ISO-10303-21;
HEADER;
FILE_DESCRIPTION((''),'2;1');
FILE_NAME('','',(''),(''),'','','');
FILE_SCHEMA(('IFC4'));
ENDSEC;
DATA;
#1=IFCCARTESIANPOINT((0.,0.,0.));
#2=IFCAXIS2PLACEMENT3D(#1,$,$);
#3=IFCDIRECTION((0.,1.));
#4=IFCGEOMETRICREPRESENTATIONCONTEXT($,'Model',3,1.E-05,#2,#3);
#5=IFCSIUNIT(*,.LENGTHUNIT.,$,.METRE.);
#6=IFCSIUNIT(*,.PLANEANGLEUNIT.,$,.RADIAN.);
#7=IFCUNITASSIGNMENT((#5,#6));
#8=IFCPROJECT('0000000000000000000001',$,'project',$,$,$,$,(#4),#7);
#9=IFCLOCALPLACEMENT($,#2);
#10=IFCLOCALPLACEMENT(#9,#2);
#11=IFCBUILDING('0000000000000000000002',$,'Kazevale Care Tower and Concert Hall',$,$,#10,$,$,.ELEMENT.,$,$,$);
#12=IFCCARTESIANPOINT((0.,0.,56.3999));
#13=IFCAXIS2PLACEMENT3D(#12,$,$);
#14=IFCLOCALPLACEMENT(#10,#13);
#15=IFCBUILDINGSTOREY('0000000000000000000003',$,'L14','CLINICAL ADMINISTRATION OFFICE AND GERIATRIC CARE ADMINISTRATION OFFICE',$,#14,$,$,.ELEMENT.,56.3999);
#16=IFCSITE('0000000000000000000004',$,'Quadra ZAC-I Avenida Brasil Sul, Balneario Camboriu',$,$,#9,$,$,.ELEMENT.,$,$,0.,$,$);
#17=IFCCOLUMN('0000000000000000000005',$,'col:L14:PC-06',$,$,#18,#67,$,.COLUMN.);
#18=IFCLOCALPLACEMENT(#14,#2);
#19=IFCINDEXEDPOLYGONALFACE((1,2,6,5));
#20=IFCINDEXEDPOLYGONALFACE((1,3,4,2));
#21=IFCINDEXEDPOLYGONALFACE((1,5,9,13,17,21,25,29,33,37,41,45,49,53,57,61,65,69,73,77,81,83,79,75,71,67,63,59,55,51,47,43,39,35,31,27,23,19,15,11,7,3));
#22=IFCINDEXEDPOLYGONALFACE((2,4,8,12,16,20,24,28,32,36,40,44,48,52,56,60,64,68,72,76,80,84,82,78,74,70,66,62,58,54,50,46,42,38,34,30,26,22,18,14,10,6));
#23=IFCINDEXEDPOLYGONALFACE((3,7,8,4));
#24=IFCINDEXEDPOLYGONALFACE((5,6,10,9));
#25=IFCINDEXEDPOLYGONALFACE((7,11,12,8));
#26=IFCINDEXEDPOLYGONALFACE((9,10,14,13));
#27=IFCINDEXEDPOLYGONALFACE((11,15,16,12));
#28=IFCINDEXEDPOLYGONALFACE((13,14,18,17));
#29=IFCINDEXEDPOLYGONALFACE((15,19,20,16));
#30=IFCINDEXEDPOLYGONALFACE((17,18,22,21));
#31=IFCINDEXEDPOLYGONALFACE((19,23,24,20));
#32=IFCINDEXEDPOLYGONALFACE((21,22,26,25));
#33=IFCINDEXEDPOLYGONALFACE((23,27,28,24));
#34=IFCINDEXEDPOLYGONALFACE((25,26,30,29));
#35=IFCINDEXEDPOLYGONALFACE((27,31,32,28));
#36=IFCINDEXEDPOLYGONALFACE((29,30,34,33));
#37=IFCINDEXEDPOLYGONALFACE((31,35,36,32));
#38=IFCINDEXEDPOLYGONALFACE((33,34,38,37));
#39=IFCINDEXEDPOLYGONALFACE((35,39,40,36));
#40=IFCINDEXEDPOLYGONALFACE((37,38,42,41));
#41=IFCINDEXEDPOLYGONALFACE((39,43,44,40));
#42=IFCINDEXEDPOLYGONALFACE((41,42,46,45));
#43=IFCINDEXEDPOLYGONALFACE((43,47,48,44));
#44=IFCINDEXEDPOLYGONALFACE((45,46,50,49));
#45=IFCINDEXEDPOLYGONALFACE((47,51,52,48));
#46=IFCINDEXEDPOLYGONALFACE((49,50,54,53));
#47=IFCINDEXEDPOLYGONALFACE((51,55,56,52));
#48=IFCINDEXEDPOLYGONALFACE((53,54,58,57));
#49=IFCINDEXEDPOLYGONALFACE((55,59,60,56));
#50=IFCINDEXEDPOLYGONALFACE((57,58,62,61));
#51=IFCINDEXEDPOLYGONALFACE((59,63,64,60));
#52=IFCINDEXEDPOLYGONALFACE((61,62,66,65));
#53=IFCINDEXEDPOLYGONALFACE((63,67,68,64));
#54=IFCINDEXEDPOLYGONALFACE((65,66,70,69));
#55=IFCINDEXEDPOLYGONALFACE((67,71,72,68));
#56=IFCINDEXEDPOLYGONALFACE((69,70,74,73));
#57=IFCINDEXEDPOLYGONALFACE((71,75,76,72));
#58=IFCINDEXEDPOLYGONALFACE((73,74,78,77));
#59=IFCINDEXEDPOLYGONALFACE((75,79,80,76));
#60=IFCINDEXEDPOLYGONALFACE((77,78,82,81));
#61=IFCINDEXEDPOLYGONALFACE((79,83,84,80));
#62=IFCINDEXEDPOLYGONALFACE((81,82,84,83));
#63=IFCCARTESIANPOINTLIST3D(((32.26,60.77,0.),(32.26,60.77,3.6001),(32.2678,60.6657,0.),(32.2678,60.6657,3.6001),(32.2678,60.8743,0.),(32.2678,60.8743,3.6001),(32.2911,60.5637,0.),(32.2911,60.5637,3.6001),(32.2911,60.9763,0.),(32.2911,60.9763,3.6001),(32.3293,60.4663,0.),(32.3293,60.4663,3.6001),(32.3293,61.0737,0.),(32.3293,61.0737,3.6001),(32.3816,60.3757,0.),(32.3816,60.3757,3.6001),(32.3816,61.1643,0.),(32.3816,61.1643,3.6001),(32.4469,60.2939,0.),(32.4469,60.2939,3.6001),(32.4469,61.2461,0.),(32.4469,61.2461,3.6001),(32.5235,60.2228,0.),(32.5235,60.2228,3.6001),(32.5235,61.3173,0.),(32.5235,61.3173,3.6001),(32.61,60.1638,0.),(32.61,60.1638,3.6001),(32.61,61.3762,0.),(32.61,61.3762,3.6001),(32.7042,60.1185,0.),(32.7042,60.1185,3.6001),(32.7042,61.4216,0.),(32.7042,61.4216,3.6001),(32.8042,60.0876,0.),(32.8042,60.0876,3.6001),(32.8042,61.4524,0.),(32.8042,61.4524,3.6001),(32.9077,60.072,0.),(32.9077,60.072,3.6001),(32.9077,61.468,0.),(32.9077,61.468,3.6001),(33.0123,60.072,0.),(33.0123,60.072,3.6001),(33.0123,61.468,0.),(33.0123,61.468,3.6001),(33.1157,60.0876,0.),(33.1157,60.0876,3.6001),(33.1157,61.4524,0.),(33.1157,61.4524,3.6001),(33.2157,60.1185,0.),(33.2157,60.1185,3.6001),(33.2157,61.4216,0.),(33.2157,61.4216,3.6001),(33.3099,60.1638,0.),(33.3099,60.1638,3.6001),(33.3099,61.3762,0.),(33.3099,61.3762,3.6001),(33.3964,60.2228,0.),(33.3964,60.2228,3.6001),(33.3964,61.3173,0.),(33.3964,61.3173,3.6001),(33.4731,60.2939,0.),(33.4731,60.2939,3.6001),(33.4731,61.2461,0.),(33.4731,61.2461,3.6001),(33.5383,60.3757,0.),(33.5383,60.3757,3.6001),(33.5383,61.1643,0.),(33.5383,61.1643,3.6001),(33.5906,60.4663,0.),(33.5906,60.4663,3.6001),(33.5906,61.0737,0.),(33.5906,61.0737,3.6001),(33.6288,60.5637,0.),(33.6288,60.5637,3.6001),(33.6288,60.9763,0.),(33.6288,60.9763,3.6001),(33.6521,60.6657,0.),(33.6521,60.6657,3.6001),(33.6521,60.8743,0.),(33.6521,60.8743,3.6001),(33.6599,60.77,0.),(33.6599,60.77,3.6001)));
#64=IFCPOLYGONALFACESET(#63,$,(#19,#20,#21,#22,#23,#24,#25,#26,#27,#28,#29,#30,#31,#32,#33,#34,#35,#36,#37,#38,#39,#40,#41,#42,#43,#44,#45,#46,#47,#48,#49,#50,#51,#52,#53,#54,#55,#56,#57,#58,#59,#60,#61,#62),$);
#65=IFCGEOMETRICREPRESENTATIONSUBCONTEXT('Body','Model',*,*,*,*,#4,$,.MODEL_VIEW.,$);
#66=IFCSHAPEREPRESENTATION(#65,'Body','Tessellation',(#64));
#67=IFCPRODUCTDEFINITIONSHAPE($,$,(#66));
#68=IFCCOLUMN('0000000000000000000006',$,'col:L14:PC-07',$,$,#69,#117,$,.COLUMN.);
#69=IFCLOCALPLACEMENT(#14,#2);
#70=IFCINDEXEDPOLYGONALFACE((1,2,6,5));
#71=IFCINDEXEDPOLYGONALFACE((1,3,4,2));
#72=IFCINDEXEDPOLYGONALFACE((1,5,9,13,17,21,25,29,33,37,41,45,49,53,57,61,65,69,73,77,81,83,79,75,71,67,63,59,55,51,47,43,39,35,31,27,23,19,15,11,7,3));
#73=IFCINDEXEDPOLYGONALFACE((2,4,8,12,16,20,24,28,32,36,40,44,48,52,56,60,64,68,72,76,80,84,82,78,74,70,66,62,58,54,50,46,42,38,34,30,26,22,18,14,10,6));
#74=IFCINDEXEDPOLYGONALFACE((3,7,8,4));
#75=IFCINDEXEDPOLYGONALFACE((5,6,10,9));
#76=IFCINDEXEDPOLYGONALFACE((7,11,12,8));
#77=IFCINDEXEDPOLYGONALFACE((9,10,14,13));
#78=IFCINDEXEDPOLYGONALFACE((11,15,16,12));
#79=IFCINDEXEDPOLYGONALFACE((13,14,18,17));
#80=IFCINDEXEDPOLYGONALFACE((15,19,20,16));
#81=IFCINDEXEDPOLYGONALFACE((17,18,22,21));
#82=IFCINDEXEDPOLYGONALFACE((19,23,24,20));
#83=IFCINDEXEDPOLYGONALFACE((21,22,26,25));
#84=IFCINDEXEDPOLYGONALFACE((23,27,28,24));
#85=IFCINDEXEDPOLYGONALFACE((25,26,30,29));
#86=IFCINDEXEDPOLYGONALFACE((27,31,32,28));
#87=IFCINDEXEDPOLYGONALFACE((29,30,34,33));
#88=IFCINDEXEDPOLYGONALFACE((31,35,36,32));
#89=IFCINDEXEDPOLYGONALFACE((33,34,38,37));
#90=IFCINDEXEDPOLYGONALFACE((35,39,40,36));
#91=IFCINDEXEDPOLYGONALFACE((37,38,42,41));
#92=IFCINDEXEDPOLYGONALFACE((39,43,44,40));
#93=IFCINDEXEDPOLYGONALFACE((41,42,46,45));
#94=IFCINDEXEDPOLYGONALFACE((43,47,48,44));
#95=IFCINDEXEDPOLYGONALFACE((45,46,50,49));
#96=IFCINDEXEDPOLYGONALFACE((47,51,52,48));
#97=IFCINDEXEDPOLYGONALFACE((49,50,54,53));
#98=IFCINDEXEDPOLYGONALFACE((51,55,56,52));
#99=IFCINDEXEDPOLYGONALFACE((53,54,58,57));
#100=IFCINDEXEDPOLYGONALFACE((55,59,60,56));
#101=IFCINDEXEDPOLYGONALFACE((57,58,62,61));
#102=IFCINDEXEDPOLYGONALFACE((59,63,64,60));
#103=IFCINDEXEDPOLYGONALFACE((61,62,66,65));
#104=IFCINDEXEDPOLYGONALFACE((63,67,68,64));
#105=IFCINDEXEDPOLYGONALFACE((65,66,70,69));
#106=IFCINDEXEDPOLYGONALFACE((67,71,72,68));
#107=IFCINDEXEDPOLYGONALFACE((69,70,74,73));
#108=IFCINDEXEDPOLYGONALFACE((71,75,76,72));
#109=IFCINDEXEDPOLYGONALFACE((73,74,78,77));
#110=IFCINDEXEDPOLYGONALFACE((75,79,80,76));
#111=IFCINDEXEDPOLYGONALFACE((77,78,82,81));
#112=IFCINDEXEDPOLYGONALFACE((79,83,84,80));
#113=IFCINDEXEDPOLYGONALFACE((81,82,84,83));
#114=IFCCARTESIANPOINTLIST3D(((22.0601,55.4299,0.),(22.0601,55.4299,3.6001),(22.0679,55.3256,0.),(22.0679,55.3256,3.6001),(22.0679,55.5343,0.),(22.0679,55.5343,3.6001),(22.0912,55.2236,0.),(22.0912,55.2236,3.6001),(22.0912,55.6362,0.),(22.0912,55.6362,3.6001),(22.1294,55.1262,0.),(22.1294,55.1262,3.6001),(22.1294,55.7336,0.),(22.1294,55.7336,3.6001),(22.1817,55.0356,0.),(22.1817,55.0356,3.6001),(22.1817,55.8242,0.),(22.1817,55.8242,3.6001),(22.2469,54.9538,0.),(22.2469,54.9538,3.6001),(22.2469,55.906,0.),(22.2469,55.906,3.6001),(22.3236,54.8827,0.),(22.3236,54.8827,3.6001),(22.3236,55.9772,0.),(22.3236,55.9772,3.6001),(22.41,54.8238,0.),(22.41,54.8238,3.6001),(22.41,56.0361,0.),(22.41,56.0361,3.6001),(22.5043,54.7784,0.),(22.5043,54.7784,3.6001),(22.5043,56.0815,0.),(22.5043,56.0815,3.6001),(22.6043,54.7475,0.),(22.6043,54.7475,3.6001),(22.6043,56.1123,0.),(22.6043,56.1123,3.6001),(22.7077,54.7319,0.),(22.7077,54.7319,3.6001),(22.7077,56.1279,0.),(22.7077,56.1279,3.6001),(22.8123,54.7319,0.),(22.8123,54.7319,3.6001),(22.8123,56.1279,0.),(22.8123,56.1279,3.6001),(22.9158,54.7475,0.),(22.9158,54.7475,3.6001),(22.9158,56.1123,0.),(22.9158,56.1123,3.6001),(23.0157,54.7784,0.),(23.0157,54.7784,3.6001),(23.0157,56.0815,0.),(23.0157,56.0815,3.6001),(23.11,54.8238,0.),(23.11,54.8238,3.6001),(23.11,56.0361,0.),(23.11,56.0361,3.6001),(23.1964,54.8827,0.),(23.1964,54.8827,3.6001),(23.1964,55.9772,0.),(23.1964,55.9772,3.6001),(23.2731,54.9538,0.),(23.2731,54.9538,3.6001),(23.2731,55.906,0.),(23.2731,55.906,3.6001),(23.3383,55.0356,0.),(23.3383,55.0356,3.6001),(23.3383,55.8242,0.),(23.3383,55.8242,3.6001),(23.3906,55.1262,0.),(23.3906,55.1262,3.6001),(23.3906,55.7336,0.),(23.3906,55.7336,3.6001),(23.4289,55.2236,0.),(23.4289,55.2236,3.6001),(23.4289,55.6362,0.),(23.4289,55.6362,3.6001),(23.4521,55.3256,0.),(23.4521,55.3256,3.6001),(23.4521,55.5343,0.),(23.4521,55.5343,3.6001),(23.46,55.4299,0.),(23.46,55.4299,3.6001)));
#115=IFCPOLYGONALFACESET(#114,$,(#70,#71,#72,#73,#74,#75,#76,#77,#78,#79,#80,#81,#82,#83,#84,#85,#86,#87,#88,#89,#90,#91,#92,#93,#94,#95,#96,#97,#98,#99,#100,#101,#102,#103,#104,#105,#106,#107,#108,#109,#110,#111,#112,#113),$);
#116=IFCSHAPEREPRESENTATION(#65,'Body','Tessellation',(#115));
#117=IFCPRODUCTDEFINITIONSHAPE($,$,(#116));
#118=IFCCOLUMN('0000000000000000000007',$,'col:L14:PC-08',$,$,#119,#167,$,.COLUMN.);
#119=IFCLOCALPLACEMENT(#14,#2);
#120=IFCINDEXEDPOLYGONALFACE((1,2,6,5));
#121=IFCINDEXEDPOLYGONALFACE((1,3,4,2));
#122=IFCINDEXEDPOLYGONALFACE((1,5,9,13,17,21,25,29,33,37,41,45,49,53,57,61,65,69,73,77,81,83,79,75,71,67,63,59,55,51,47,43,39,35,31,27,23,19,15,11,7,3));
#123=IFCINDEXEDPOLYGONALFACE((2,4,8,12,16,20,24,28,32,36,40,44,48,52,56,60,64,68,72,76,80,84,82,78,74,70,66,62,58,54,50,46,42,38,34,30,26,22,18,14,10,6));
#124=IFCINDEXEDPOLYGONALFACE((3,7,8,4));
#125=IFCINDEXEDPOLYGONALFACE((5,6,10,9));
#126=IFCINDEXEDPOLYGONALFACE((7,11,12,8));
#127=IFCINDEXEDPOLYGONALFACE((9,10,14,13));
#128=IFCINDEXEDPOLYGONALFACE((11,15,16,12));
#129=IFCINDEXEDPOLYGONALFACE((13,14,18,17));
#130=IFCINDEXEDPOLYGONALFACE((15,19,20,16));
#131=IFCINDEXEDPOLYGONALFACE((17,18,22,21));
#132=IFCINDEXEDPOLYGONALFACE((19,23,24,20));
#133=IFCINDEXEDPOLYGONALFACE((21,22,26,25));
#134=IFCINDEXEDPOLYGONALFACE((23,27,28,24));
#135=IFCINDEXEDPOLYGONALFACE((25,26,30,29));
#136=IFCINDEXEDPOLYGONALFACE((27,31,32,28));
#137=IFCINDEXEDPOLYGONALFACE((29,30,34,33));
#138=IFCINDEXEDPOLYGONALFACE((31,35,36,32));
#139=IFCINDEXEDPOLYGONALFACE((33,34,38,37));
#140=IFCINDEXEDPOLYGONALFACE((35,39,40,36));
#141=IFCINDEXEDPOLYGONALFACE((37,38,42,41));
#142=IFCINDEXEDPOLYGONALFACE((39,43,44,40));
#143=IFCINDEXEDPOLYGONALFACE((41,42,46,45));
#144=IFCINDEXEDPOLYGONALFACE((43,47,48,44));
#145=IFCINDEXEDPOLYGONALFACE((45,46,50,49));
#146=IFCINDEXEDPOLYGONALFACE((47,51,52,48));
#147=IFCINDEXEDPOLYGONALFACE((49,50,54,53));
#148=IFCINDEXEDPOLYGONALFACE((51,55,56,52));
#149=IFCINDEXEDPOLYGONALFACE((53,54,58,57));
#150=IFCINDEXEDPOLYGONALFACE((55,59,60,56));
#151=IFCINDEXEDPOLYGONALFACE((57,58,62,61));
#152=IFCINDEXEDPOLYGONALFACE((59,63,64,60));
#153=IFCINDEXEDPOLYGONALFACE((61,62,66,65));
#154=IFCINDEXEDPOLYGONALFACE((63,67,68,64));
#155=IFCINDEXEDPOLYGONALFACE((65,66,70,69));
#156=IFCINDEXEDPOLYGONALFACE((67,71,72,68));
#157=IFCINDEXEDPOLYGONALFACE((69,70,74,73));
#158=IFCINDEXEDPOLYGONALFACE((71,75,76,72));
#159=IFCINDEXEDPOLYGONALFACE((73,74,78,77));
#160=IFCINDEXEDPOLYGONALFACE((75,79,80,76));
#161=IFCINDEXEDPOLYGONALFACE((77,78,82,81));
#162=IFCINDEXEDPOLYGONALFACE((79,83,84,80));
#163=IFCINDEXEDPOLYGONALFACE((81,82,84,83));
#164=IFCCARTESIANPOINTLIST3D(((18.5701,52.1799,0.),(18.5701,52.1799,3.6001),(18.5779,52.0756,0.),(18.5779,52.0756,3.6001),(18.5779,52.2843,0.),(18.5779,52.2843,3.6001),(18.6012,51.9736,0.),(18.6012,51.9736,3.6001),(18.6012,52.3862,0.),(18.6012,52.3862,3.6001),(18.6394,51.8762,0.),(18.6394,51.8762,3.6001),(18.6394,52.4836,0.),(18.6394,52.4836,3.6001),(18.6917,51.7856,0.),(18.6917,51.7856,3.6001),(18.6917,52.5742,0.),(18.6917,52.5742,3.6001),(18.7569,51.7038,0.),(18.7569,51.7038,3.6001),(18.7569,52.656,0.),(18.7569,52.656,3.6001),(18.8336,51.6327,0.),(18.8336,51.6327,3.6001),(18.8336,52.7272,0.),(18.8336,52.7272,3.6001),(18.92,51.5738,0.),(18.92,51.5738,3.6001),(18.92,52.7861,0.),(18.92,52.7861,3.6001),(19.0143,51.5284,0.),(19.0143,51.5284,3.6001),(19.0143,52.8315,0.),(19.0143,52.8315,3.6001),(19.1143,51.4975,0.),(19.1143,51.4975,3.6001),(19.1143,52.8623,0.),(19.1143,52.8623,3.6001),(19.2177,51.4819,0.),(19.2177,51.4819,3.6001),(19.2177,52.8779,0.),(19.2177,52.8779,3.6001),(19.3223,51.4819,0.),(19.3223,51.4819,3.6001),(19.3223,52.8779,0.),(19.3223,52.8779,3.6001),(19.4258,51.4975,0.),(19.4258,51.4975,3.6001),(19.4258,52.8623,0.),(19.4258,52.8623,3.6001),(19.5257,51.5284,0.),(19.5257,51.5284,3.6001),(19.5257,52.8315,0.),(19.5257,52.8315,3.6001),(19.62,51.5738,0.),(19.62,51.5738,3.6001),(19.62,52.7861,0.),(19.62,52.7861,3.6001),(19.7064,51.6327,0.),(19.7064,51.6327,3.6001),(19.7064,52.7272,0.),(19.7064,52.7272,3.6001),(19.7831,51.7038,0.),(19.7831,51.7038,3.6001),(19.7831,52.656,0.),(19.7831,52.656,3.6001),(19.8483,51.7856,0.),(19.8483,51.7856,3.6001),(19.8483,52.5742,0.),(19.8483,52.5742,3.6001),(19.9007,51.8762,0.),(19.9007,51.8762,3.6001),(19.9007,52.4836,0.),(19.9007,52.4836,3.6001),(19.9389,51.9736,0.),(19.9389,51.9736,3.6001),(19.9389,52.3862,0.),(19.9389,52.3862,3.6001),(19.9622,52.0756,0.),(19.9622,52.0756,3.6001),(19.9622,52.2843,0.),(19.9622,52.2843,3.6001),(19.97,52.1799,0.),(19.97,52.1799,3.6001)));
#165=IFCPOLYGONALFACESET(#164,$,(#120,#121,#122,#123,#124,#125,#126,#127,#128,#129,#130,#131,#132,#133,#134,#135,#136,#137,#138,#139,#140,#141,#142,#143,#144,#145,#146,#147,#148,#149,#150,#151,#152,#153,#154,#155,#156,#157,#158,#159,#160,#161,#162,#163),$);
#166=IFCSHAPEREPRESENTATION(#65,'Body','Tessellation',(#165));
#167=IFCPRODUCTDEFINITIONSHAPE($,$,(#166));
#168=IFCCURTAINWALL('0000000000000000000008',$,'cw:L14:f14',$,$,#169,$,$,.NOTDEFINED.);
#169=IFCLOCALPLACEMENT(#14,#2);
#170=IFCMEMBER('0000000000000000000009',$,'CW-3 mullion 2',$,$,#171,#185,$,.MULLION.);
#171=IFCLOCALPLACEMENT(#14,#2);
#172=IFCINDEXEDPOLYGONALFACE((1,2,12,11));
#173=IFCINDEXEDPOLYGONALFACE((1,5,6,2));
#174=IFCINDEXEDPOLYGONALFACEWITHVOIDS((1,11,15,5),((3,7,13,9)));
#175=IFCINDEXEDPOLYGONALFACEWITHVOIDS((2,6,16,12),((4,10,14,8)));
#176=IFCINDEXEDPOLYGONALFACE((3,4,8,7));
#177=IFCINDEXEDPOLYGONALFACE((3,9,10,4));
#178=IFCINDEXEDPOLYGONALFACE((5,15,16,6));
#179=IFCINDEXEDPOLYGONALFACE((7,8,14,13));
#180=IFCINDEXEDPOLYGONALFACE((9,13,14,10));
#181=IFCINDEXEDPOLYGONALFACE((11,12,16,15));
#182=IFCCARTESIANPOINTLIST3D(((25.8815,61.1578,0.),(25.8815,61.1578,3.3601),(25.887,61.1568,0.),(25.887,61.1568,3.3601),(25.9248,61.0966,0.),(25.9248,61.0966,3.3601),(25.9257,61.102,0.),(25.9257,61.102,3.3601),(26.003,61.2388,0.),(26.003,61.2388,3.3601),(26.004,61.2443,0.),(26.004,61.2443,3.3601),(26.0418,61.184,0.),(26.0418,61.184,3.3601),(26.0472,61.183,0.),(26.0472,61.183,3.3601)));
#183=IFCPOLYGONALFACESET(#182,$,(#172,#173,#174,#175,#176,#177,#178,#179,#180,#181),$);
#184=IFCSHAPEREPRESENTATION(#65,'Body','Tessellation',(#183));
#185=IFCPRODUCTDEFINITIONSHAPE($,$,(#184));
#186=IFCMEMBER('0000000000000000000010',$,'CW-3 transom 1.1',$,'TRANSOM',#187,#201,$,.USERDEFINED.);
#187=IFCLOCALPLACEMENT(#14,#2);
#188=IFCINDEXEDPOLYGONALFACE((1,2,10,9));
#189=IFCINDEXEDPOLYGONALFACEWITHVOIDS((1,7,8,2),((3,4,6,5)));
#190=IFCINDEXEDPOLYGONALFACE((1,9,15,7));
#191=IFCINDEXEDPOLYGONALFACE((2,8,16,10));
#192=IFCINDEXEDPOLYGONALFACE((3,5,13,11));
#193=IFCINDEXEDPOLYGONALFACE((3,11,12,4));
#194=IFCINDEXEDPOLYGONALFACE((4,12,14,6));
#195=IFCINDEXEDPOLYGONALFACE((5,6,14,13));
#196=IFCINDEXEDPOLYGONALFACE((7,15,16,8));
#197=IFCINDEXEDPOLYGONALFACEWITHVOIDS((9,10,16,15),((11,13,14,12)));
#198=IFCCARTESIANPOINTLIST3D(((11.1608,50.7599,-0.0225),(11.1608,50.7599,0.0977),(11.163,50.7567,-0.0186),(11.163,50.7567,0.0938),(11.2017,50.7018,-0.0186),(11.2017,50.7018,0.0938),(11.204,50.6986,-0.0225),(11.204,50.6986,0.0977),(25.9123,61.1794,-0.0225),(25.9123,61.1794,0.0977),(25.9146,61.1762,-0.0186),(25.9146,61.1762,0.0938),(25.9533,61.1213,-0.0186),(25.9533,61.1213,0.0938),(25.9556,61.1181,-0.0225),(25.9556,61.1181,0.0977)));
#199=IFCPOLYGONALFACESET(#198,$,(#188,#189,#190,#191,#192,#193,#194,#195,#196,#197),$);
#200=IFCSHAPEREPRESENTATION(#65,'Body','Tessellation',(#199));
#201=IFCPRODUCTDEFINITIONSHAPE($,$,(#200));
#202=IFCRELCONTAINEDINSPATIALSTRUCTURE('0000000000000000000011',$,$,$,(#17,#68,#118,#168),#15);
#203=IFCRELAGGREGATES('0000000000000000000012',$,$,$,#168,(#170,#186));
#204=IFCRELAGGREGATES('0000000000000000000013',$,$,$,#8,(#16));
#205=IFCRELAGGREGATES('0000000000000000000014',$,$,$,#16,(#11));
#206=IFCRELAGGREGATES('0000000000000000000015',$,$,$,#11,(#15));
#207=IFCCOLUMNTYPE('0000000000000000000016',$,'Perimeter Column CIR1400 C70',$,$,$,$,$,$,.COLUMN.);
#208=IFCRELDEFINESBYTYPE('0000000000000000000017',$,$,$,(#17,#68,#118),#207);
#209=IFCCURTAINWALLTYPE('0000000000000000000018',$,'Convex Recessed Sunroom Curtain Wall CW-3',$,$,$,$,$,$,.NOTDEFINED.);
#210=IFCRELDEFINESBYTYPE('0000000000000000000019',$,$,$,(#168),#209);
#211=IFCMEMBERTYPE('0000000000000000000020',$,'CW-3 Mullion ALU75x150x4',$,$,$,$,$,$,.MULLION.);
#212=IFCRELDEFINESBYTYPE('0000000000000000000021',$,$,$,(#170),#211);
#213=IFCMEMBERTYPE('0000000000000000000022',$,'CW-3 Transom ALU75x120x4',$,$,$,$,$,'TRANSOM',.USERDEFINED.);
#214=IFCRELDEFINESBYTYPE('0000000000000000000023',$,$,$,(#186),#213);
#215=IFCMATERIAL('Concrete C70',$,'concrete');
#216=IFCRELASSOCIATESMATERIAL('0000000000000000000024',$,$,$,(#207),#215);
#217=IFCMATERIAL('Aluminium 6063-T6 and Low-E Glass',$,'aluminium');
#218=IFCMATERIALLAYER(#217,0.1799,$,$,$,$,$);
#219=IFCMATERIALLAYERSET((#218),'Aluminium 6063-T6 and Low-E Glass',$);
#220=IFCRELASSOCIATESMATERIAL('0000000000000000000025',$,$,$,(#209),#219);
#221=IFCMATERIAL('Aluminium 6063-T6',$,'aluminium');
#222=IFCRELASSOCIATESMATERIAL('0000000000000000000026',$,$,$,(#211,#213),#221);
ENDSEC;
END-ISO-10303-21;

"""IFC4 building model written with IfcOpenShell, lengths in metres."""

from ifc_helpers import new_model, si_unit, direction, frame, origin, origin_2d, place, context, subcontext, project, spatial, hollow_rectangle, circle, extrude, material, layer, layer_set, material_profile, profile_set, type_object, element, aggregate, save


model = new_model("IFC4")

# Units and contexts
model_context = context("Model", 3, precision=1e-05, world=origin(), true_north=direction((0.0, 1.0)))
body_context = subcontext(model_context, "Body", "Model", "MODEL_VIEW")
ifc_project = project(units=[si_unit("LENGTHUNIT", "METRE"), si_unit("PLANEANGLEUNIT", "RADIAN")], contexts=[model_context])

# Site, building, storey
site_placement = place(None, origin())
site = spatial("IfcSite", under=ifc_project, at=site_placement, Name="Quadra ZAC-I Avenida Brasil Sul, Balneario Camboriu", CompositionType="ELEMENT", RefElevation=0.0)
building_placement = place(site_placement, origin())
building = spatial("IfcBuilding", under=site, at=building_placement, Name="Kazevale Care Tower and Concert Hall", CompositionType="ELEMENT")
storey_placement = place(building_placement, frame((0.0, 0.0, 56.3999)))
storey = spatial("IfcBuildingStorey", under=building, at=storey_placement, Name="L14", Description="CLINICAL ADMINISTRATION OFFICE AND GERIATRIC CARE ADMINISTRATION OFFICE", CompositionType="ELEMENT", Elevation=56.3999)

# Columns
ifc_material_1 = material(Name="Concrete C70", Category="concrete")
ifc_material_profile_1 = material_profile(ifc_material_1, circle(Radius=0.7, at=origin_2d()), Name="RC-CIR1400")
ifc_profile_set_1 = profile_set([ifc_material_profile_1], Name="Concrete C70")
column_type = type_object("IfcColumnType", Name="Perimeter Column CIR1400 C70", PredefinedType="COLUMN", material=ifc_profile_set_1)
for number, where, z_axis, x_axis, name in (
    (1, (32.96, 60.77, 0.0), (0.0, 0.0, 1.0), (1.0, 0.0, 0.0), "col:L14:PC-06"),
    (2, (22.76, 55.4299, 0.0), (0.0, 0.0, 1.0), (1.0, 0.0, 0.0), "col:L14:PC-07"),
    (3, (19.27, 52.1799, 0.0), (0.0, 0.0, 1.0), (1.0, 0.0, 0.0), "col:L14:PC-08"),
):
    element("IfcColumn", number, at=place(storey_placement, frame(where, z_axis=z_axis, x_axis=x_axis)), inside=storey, type_object=column_type, Name=name, PredefinedType="COLUMN", context=body_context, shape_type="SweptSolid", body=[
        extrude(circle(Radius=0.7, at=origin_2d()), origin(), (0.0, 0.0, 1.0), 3.6001),
    ])

# Curtain wall, members
ifc_material_2 = material(Name="Aluminium 6063-T6 and Low-E Glass", Category="aluminium")
ifc_layer_1 = layer(ifc_material_2, 0.1799)
ifc_layer_set_1 = layer_set([ifc_layer_1], Name="Aluminium 6063-T6 and Low-E Glass")
curtain_wall_type = type_object("IfcCurtainWallType", Name="Convex Recessed Sunroom Curtain Wall CW-3", PredefinedType="NOTDEFINED", material=ifc_layer_set_1)
curtain_wall_placement = place(storey_placement, origin())
curtain_wall = element("IfcCurtainWall", 4, at=curtain_wall_placement, inside=storey, type_object=curtain_wall_type, Name="cw:L14:f14", PredefinedType="NOTDEFINED")
ifc_material_3 = material(Name="Aluminium 6063-T6", Category="aluminium")
ifc_material_profile_2 = material_profile(ifc_material_3, hollow_rectangle(XDim=0.075, YDim=0.1499, WallThickness=0.0039, at=origin_2d()), Name="ALU75x150x4")
ifc_profile_set_2 = profile_set([ifc_material_profile_2], Name="Aluminium 6063-T6")
member_type_1 = type_object("IfcMemberType", Name="CW-3 Mullion ALU75x150x4", PredefinedType="MULLION", material=ifc_profile_set_2)
member_1_placement = place(storey_placement, frame((25.9644, 61.1704, 0.0), z_axis=(0.0, 0.0, 1.0), x_axis=(-0.576929, 0.816794, 0.0)))
member_1 = element("IfcMember", 5, at=member_1_placement, type_object=member_type_1, Name="CW-3 mullion 2", PredefinedType="MULLION", context=body_context, shape_type="SweptSolid", body=[
    extrude(hollow_rectangle(XDim=0.075, YDim=0.1499, WallThickness=0.0039, at=origin_2d()), origin(), (0.0, 0.0, 1.0), 3.3601),
])
ifc_material_profile_3 = material_profile(ifc_material_3, hollow_rectangle(XDim=0.075, YDim=0.1201, WallThickness=0.0039, at=origin_2d()), Name="ALU75x120x4")
ifc_profile_set_3 = profile_set([ifc_material_profile_3], Name="Aluminium 6063-T6")
member_type_2 = type_object("IfcMemberType", Name="CW-3 Transom ALU75x120x4", ElementType="TRANSOM", PredefinedType="USERDEFINED", material=ifc_profile_set_3)
member_2_placement = place(storey_placement, frame((11.1824, 50.7292, 0.0376), z_axis=(0.816795, 0.576928, 0.0), x_axis=(-0.576928, 0.816795, 0.0)))
member_2 = element("IfcMember", 6, at=member_2_placement, type_object=member_type_2, Name="CW-3 transom 1.1", ObjectType="TRANSOM", PredefinedType="USERDEFINED", context=body_context, shape_type="SweptSolid", body=[
    extrude(hollow_rectangle(XDim=0.075, YDim=0.1201, WallThickness=0.0039, at=origin_2d()), origin(), (0.0, 0.0, 1.0), 18.0603),
])

aggregate(curtain_wall, [member_1, member_2])

save(model, "model.ifc")
